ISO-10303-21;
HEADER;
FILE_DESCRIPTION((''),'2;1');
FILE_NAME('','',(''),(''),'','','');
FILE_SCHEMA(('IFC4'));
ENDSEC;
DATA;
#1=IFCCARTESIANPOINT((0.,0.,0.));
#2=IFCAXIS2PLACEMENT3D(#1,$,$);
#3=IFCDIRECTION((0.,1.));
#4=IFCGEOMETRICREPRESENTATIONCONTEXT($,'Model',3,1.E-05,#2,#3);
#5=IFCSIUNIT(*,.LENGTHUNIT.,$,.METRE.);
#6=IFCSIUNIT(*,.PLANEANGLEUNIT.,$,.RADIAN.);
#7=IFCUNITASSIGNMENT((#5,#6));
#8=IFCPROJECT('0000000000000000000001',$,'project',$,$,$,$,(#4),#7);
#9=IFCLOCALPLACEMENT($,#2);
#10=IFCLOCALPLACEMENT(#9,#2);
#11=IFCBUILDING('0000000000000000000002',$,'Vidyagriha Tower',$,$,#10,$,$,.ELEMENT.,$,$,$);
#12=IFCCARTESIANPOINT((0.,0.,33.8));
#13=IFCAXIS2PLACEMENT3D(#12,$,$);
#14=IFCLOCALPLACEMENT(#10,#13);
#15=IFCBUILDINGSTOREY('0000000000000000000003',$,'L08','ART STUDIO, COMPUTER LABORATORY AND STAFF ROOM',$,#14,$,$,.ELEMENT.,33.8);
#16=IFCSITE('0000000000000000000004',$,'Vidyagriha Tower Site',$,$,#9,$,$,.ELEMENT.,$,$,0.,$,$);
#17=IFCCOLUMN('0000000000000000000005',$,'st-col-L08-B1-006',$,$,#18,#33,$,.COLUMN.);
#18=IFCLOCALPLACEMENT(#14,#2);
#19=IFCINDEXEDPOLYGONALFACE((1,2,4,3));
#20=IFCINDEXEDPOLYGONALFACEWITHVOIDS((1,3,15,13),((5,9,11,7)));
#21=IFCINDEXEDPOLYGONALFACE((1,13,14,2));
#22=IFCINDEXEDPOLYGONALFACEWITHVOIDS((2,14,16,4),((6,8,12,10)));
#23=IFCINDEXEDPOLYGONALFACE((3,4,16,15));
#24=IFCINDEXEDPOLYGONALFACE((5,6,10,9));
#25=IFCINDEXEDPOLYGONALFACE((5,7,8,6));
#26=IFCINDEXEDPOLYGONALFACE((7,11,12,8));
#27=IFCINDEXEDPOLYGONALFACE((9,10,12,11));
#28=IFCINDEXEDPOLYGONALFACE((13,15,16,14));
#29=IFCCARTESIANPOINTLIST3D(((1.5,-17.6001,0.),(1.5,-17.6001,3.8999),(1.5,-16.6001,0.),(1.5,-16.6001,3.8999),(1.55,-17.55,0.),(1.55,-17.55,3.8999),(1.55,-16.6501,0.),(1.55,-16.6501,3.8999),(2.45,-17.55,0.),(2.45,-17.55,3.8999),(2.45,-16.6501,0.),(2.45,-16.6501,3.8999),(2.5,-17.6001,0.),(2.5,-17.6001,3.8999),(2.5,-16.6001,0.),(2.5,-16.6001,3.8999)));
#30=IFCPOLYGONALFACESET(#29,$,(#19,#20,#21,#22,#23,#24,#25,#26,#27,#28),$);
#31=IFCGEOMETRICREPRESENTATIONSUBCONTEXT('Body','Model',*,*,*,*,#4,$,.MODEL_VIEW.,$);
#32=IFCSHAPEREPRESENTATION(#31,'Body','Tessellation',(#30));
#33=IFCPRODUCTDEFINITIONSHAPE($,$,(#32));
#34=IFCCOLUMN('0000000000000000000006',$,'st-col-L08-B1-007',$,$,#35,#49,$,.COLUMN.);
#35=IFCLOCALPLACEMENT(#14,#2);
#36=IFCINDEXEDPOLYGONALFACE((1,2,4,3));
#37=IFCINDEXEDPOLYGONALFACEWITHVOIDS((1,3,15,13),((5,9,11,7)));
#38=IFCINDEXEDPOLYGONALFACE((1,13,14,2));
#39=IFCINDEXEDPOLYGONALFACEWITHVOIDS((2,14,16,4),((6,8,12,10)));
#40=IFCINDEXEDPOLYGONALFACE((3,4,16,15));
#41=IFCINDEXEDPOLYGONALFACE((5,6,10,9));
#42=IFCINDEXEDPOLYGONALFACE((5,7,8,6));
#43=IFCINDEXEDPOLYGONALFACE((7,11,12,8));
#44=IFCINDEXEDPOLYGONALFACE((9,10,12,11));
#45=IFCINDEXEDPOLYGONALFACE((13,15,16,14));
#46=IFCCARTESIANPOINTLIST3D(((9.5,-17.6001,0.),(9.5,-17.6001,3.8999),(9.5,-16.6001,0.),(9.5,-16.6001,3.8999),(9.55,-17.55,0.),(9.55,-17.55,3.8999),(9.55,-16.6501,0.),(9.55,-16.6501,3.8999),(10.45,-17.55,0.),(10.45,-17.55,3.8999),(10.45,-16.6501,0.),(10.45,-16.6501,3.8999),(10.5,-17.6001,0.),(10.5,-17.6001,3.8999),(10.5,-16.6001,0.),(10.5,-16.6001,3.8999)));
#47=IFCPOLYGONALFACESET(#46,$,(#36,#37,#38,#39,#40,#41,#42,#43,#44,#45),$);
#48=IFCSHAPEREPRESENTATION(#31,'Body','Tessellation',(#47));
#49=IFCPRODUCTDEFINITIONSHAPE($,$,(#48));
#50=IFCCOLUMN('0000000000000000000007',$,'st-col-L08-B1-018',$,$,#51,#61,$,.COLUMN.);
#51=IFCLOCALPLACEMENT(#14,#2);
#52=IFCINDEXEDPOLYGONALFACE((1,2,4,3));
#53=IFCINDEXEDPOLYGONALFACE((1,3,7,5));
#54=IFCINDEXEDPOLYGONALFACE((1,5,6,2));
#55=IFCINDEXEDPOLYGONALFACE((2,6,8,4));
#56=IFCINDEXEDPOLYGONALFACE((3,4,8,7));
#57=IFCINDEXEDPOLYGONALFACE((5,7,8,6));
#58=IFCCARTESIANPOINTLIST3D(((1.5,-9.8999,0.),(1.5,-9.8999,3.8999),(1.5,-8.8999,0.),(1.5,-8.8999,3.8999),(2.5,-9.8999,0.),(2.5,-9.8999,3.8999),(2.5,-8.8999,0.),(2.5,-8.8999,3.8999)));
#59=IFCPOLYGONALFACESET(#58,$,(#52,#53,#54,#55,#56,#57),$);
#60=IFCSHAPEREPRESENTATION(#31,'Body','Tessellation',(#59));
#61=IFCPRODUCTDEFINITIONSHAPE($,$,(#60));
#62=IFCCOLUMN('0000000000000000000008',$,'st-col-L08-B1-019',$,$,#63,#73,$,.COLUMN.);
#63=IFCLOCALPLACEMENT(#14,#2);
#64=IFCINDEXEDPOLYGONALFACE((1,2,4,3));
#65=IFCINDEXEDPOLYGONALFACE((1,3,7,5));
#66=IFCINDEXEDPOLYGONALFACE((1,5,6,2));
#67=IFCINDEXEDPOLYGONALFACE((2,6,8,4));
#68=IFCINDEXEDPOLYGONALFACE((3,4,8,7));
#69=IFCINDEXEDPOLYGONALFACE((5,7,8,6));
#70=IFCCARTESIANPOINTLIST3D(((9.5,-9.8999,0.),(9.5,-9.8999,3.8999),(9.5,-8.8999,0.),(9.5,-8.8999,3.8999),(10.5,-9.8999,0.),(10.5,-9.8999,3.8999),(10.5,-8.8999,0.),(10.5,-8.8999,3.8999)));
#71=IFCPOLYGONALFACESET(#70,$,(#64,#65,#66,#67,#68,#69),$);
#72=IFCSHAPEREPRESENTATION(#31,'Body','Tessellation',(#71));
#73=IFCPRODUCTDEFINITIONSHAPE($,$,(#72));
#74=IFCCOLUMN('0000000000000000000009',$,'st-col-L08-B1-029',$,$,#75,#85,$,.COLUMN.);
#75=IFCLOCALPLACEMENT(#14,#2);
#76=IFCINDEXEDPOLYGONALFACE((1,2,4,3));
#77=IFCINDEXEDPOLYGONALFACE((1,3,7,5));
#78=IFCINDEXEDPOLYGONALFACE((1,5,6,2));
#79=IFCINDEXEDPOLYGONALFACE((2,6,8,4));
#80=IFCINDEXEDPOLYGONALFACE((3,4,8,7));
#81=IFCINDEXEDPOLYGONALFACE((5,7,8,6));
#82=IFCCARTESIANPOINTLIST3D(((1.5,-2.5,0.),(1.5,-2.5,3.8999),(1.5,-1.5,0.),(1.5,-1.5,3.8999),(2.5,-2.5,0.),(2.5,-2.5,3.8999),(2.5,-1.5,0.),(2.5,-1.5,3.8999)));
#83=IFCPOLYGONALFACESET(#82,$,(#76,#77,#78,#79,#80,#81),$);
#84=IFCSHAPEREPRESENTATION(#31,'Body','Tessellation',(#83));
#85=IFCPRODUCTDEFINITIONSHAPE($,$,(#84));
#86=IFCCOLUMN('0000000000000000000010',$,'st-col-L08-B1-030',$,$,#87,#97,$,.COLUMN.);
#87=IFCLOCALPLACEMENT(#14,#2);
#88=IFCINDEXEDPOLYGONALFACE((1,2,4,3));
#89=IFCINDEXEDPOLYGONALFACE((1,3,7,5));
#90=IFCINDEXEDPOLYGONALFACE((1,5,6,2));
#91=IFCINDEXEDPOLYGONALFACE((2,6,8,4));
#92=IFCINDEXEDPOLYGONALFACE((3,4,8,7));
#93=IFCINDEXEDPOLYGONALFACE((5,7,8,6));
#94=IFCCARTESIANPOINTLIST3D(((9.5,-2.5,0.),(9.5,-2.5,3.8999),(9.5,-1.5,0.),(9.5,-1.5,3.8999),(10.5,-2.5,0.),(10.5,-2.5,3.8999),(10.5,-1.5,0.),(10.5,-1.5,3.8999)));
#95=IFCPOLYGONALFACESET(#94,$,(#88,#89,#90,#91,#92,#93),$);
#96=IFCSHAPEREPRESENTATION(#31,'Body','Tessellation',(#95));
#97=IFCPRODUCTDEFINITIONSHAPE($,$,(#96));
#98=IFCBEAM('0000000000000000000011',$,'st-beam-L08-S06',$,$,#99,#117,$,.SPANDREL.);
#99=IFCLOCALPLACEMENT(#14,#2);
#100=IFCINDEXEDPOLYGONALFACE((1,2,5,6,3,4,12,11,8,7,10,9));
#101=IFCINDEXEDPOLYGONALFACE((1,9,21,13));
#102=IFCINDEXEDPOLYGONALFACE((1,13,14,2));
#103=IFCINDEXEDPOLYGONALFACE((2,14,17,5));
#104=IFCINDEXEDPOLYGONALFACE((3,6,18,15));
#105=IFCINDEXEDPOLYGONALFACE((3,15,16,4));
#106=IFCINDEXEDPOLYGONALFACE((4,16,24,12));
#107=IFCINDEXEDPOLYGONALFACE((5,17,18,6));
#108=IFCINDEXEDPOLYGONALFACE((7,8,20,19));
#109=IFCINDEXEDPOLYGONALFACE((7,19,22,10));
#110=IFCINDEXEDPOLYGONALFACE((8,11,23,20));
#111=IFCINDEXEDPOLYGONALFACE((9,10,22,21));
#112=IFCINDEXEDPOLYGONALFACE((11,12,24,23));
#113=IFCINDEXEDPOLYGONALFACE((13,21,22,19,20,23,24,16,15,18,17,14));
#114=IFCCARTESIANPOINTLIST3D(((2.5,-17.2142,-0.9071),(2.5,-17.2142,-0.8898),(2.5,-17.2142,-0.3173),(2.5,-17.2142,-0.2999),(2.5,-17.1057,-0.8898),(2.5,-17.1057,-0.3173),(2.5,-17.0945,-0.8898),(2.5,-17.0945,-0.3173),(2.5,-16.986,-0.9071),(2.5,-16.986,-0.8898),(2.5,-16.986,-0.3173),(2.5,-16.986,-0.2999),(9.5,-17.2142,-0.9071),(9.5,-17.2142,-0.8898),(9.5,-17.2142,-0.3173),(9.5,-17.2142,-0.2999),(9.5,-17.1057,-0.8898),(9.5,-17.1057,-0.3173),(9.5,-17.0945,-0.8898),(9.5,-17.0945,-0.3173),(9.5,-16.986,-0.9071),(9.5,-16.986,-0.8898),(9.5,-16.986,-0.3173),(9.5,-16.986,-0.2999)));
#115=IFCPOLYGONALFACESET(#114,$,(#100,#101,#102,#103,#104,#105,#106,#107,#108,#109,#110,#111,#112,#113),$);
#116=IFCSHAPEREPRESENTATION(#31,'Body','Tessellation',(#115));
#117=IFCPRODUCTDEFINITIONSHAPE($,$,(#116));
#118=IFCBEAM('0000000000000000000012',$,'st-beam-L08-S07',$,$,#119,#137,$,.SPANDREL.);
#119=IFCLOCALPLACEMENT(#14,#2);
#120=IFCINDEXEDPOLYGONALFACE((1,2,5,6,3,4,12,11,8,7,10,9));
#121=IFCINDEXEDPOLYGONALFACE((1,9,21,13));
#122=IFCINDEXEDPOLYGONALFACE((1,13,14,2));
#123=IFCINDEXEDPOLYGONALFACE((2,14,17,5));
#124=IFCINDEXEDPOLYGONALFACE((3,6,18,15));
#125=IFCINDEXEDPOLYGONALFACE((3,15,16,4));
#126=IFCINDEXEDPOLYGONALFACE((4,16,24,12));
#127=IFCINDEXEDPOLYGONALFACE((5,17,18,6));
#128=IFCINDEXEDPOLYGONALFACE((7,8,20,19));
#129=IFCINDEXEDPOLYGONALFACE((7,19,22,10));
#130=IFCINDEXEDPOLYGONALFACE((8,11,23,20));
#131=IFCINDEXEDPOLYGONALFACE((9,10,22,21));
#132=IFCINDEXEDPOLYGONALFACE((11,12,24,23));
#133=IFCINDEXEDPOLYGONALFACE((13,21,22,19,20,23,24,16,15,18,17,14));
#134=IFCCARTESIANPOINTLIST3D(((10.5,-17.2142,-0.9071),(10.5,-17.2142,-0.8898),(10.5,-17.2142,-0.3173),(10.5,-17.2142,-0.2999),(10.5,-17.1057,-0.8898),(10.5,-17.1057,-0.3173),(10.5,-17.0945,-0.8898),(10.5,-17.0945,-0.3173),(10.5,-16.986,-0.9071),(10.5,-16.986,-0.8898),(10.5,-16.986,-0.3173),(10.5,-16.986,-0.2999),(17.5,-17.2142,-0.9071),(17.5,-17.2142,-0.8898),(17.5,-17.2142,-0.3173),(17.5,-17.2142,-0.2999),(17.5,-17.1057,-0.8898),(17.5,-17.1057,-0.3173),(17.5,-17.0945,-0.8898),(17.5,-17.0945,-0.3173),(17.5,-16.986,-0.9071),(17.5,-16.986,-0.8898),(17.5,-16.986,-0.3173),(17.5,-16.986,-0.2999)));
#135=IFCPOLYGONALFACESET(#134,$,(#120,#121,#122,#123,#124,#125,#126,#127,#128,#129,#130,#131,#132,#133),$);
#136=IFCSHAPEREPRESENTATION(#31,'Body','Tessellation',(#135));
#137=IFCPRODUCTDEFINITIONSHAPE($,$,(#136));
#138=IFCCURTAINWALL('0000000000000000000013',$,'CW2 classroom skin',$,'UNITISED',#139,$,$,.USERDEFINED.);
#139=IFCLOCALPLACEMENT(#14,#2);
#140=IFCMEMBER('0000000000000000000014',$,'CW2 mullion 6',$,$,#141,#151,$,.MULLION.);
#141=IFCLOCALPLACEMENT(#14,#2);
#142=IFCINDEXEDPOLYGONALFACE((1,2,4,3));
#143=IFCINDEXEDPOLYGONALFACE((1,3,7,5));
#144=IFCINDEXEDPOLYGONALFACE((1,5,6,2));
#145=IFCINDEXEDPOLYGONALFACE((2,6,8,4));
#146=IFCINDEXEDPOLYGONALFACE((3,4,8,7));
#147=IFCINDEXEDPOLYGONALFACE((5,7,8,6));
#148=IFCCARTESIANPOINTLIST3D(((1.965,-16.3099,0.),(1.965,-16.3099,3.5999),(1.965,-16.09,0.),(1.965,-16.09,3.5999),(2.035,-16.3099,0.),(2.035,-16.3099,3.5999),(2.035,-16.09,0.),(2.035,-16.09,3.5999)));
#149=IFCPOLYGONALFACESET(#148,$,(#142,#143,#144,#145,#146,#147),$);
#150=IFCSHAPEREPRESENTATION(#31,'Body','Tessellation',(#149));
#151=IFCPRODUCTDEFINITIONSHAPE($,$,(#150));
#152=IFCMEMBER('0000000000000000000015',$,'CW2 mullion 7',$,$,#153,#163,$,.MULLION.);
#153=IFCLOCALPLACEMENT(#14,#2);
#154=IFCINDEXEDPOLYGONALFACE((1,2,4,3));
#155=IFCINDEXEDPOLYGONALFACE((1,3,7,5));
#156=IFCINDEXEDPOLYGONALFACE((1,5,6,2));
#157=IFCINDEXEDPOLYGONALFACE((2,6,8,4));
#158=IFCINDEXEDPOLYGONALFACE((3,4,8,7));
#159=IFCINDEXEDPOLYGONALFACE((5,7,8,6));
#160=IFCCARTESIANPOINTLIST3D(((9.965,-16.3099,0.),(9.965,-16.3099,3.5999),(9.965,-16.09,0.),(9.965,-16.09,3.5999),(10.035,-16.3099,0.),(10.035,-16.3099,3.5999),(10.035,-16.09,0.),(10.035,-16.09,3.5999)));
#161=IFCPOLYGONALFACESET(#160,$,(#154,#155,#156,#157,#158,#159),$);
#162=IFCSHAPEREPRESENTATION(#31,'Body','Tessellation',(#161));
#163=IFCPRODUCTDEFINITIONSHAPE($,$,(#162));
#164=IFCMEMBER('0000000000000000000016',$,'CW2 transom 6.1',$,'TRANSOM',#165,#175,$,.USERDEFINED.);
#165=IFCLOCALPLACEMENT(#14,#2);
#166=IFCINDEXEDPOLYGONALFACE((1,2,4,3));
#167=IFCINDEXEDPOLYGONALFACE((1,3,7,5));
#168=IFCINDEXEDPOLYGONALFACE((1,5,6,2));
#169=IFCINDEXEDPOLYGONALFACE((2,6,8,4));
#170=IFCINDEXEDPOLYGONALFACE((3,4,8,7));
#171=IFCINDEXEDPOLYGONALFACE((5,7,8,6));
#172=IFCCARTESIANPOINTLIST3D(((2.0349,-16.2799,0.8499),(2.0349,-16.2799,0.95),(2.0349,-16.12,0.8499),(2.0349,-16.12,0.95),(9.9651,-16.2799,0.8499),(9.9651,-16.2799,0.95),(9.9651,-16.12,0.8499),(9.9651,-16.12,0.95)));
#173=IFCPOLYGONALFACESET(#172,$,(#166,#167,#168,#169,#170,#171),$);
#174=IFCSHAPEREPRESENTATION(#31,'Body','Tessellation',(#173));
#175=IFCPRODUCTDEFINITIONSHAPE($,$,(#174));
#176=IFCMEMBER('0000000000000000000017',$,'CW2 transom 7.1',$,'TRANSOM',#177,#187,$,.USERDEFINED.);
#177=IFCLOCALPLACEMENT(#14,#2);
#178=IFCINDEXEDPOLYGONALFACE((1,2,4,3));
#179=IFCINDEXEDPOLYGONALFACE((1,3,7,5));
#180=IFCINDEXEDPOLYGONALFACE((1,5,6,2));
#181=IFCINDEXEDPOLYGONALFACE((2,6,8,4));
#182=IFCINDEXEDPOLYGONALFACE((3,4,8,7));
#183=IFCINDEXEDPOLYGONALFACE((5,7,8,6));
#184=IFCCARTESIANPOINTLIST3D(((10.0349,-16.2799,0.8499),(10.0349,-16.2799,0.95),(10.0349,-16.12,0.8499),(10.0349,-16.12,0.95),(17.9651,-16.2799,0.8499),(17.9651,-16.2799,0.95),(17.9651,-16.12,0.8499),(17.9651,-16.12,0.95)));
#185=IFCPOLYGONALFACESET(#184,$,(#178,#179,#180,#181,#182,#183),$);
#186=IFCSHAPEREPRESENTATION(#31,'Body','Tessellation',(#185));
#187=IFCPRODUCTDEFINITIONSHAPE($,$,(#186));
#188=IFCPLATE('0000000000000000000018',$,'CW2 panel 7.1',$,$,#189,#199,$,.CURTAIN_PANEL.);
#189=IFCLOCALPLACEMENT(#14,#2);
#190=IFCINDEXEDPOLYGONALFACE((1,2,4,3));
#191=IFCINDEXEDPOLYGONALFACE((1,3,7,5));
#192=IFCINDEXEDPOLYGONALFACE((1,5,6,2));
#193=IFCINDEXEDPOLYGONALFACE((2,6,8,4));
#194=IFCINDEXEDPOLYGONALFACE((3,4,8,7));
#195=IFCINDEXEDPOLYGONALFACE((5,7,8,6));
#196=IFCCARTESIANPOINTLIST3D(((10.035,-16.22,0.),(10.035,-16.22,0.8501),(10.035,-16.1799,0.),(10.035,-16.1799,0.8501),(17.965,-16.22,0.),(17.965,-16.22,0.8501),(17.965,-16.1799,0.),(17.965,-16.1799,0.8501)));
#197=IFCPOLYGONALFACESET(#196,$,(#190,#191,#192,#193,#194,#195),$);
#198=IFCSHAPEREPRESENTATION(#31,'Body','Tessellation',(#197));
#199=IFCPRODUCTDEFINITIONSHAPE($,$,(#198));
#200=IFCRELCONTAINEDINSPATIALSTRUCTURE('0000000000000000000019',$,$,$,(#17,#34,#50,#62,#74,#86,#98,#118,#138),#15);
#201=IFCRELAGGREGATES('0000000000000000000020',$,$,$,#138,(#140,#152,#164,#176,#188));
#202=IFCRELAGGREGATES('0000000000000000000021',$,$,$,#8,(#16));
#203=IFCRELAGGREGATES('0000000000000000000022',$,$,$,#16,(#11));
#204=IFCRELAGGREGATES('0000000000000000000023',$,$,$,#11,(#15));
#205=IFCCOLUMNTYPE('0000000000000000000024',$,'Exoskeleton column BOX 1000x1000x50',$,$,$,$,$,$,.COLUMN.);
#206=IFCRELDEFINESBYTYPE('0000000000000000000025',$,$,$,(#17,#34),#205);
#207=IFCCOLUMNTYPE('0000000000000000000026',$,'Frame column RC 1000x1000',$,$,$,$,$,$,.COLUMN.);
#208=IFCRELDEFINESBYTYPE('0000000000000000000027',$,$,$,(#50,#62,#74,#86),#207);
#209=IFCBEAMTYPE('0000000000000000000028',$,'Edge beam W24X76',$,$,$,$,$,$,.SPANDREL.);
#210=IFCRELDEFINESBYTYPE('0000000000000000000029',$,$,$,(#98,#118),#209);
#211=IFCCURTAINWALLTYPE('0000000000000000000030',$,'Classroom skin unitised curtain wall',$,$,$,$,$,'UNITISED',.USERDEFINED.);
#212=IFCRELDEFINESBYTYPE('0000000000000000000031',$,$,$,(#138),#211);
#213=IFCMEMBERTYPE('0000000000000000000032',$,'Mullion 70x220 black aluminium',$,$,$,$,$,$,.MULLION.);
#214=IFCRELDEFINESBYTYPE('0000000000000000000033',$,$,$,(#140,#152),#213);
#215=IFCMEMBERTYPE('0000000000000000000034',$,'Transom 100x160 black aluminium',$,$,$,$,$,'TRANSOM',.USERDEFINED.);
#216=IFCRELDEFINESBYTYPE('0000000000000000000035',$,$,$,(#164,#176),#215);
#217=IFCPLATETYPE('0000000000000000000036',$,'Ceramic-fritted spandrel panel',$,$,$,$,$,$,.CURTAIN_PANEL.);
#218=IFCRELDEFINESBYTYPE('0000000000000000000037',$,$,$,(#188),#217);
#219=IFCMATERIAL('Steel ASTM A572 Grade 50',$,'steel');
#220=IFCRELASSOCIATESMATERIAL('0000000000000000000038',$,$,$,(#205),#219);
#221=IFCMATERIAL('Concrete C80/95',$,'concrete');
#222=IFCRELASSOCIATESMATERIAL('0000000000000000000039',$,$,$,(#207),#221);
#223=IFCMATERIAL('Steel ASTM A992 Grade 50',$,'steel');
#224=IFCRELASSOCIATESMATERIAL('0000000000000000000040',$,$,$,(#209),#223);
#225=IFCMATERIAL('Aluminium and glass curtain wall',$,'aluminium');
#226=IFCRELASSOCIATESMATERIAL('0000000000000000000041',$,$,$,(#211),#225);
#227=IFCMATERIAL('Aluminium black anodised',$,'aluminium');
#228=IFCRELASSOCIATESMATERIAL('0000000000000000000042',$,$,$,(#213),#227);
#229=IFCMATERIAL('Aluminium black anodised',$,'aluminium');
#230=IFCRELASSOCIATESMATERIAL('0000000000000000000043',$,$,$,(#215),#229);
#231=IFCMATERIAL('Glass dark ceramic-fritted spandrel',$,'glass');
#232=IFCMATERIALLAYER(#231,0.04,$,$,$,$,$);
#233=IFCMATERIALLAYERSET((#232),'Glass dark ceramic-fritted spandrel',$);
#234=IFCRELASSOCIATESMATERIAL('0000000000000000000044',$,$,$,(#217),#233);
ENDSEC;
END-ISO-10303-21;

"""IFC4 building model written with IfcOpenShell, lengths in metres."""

from ifc_helpers import new_model, si_unit, direction, frame, origin, origin_2d, place, context, subcontext, project, spatial, rectangle, hollow_rectangle, i_section, extrude, material, layer, layer_set, material_profile, profile_set, type_object, element, aggregate, save


model = new_model("IFC4")

# Units and contexts
model_context = context("Model", 3, precision=1e-05, world=origin(), true_north=direction((0.0, 1.0)))
body_context = subcontext(model_context, "Body", "Model", "MODEL_VIEW")
ifc_project = project(units=[si_unit("LENGTHUNIT", "METRE"), si_unit("PLANEANGLEUNIT", "RADIAN")], contexts=[model_context])

# Site, building, storey
site_placement = place(None, origin())
site = spatial("IfcSite", under=ifc_project, at=site_placement, Name="Vidyagriha Tower Site", CompositionType="ELEMENT", RefElevation=0.0)
building_placement = place(site_placement, origin())
building = spatial("IfcBuilding", under=site, at=building_placement, Name="Vidyagriha Tower", CompositionType="ELEMENT")
storey_placement = place(building_placement, frame((0.0, 0.0, 33.8)))
storey = spatial("IfcBuildingStorey", under=building, at=storey_placement, Name="L08", Description="ART STUDIO, COMPUTER LABORATORY AND STAFF ROOM", CompositionType="ELEMENT", Elevation=33.8)

# Columns
ifc_material_1 = material(Name="Steel ASTM A572 Grade 50", Category="steel")
ifc_material_profile_1 = material_profile(ifc_material_1, hollow_rectangle(XDim=1.0, YDim=1.0, WallThickness=0.05, at=origin_2d()), Name="BOX 1000x1000x50")
ifc_profile_set_1 = profile_set([ifc_material_profile_1], Name="Steel ASTM A572 Grade 50")
column_type_1 = type_object("IfcColumnType", Name="Exoskeleton column BOX 1000x1000x50", PredefinedType="COLUMN", material=ifc_profile_set_1)
for number, where, name in (
    (1, (2.0, -17.1001, 0.0), "st-col-L08-B1-006"),
    (2, (10.0, -17.1001, 0.0), "st-col-L08-B1-007"),
):
    element("IfcColumn", number, at=place(storey_placement, frame(where)), inside=storey, type_object=column_type_1, Name=name, PredefinedType="COLUMN", context=body_context, shape_type="SweptSolid", body=[
        extrude(hollow_rectangle(XDim=1.0, YDim=1.0, WallThickness=0.05, at=origin_2d()), origin(), (0.0, 0.0, 1.0), 3.8999),
    ])
ifc_material_2 = material(Name="Concrete C80/95", Category="concrete")
ifc_material_profile_2 = material_profile(ifc_material_2, rectangle(XDim=1.0, YDim=1.0, at=origin_2d()), Name="RC 1000x1000")
ifc_profile_set_2 = profile_set([ifc_material_profile_2], Name="Concrete C80/95")
column_type_2 = type_object("IfcColumnType", Name="Frame column RC 1000x1000", PredefinedType="COLUMN", material=ifc_profile_set_2)
for number, where, name in (
    (3, (2.0, -9.3999, 0.0), "st-col-L08-B1-018"),
    (4, (10.0, -9.3999, 0.0), "st-col-L08-B1-019"),
    (5, (2.0, -2.0, 0.0), "st-col-L08-B1-029"),
    (6, (10.0, -2.0, 0.0), "st-col-L08-B1-030"),
):
    element("IfcColumn", number, at=place(storey_placement, frame(where)), inside=storey, type_object=column_type_2, Name=name, PredefinedType="COLUMN", context=body_context, shape_type="SweptSolid", body=[
        extrude(rectangle(XDim=1.0, YDim=1.0, at=origin_2d()), origin(), (0.0, 0.0, 1.0), 3.8999),
    ])

# Beams
ifc_material_3 = material(Name="Steel ASTM A992 Grade 50", Category="steel")
ifc_material_profile_3 = material_profile(ifc_material_3, i_section(OverallWidth=0.2283, OverallDepth=0.6072, WebThickness=0.0112, FlangeThickness=0.0173, at=origin_2d()), Name="W24X76")
ifc_profile_set_3 = profile_set([ifc_material_profile_3], Name="Steel ASTM A992 Grade 50")
beam_type = type_object("IfcBeamType", Name="Edge beam W24X76", PredefinedType="SPANDREL", material=ifc_profile_set_3)
for number, where, z_axis, x_axis, name in (
    (7, (2.5, -17.1001, -0.6035), (1.0, 0.0, 0.0), (0.0, 1.0, 0.0), "st-beam-L08-S06"),
    (8, (10.5, -17.1001, -0.6035), (1.0, 0.0, 0.0), (0.0, 1.0, 0.0), "st-beam-L08-S07"),
):
    element("IfcBeam", number, at=place(storey_placement, frame(where, z_axis=z_axis, x_axis=x_axis)), inside=storey, type_object=beam_type, Name=name, PredefinedType="SPANDREL", context=body_context, shape_type="SweptSolid", body=[
        extrude(i_section(OverallWidth=0.2283, OverallDepth=0.6072, WebThickness=0.0112, FlangeThickness=0.0173, at=origin_2d()), origin(), (0.0, 0.0, 1.0), 7.0),
    ])

# Curtain wall, members, plate
ifc_material_4 = material(Name="Aluminium and glass curtain wall", Category="aluminium")
curtain_wall_type = type_object("IfcCurtainWallType", Name="Classroom skin unitised curtain wall", ElementType="UNITISED", PredefinedType="USERDEFINED", material=ifc_material_4)
curtain_wall_placement = place(storey_placement, origin())
curtain_wall = element("IfcCurtainWall", 9, at=curtain_wall_placement, inside=storey, type_object=curtain_wall_type, Name="CW2 classroom skin", ObjectType="UNITISED", PredefinedType="USERDEFINED")
ifc_material_5 = material(Name="Aluminium black anodised", Category="aluminium")
ifc_material_profile_4 = material_profile(ifc_material_5, rectangle(XDim=0.22, YDim=0.0701, at=origin_2d()), Name="Mullion 70x220 black aluminium")
ifc_profile_set_4 = profile_set([ifc_material_profile_4], Name="Aluminium black anodised")
member_type_1 = type_object("IfcMemberType", Name="Mullion 70x220 black aluminium", PredefinedType="MULLION", material=ifc_profile_set_4)
member_1_placement = place(storey_placement, frame((2.0, -16.2, 0.0), z_axis=(0.0, 0.0, 1.0), x_axis=(0.0, 1.0, 0.0)))
member_1 = element("IfcMember", 10, at=member_1_placement, type_object=member_type_1, Name="CW2 mullion 6", PredefinedType="MULLION", context=body_context, shape_type="SweptSolid", body=[
    extrude(rectangle(XDim=0.22, YDim=0.0701, at=origin_2d()), origin(), (0.0, 0.0, 1.0), 3.5999),
])
member_2_placement = place(storey_placement, frame((10.0, -16.2, 0.0), z_axis=(0.0, 0.0, 1.0), x_axis=(0.0, 1.0, 0.0)))
member_2 = element("IfcMember", 11, at=member_2_placement, type_object=member_type_1, Name="CW2 mullion 7", PredefinedType="MULLION", context=body_context, shape_type="SweptSolid", body=[
    extrude(rectangle(XDim=0.22, YDim=0.0701, at=origin_2d()), origin(), (0.0, 0.0, 1.0), 3.5999),
])
ifc_material_6 = material(Name="Aluminium black anodised", Category="aluminium")
ifc_material_profile_5 = material_profile(ifc_material_6, rectangle(XDim=0.1599, YDim=0.1001, at=origin_2d()), Name="Transom 100x160 black aluminium")
ifc_profile_set_5 = profile_set([ifc_material_profile_5], Name="Aluminium black anodised")
member_type_2 = type_object("IfcMemberType", Name="Transom 100x160 black aluminium", ElementType="TRANSOM", PredefinedType="USERDEFINED", material=ifc_profile_set_5)
member_3_placement = place(storey_placement, frame((2.0349, -16.2, 0.8999), z_axis=(1.0, 0.0, 0.0), x_axis=(0.0, 1.0, 0.0)))
member_3 = element("IfcMember", 12, at=member_3_placement, type_object=member_type_2, Name="CW2 transom 6.1", ObjectType="TRANSOM", PredefinedType="USERDEFINED", context=body_context, shape_type="SweptSolid", body=[
    extrude(rectangle(XDim=0.1599, YDim=0.1001, at=origin_2d()), origin(), (0.0, 0.0, 1.0), 7.9302),
])
member_4_placement = place(storey_placement, frame((10.0349, -16.2, 0.8999), z_axis=(1.0, 0.0, 0.0), x_axis=(0.0, 1.0, 0.0)))
member_4 = element("IfcMember", 13, at=member_4_placement, type_object=member_type_2, Name="CW2 transom 7.1", ObjectType="TRANSOM", PredefinedType="USERDEFINED", context=body_context, shape_type="SweptSolid", body=[
    extrude(rectangle(XDim=0.1599, YDim=0.1001, at=origin_2d()), origin(), (0.0, 0.0, 1.0), 7.9302),
])
ifc_material_7 = material(Name="Glass dark ceramic-fritted spandrel", Category="glass")
ifc_layer_1 = layer(ifc_material_7, 0.04)
ifc_layer_set_1 = layer_set([ifc_layer_1], Name="Glass dark ceramic-fritted spandrel")
plate_type_1 = type_object("IfcPlateType", Name="Ceramic-fritted spandrel panel", PredefinedType="CURTAIN_PANEL", material=ifc_layer_set_1)
plate_1_placement = place(storey_placement, frame((14.0, -16.2, 0.0)))
plate_1 = element("IfcPlate", 14, at=plate_1_placement, type_object=plate_type_1, Name="CW2 panel 7.1", PredefinedType="CURTAIN_PANEL", context=body_context, shape_type="SweptSolid", body=[
    extrude(rectangle(XDim=7.9299, YDim=0.04, at=origin_2d()), origin(), (0.0, 0.0, 1.0), 0.8501),
])

aggregate(curtain_wall, [member_1, member_2, member_3, member_4, plate_1])

save(model, "model.ifc")
